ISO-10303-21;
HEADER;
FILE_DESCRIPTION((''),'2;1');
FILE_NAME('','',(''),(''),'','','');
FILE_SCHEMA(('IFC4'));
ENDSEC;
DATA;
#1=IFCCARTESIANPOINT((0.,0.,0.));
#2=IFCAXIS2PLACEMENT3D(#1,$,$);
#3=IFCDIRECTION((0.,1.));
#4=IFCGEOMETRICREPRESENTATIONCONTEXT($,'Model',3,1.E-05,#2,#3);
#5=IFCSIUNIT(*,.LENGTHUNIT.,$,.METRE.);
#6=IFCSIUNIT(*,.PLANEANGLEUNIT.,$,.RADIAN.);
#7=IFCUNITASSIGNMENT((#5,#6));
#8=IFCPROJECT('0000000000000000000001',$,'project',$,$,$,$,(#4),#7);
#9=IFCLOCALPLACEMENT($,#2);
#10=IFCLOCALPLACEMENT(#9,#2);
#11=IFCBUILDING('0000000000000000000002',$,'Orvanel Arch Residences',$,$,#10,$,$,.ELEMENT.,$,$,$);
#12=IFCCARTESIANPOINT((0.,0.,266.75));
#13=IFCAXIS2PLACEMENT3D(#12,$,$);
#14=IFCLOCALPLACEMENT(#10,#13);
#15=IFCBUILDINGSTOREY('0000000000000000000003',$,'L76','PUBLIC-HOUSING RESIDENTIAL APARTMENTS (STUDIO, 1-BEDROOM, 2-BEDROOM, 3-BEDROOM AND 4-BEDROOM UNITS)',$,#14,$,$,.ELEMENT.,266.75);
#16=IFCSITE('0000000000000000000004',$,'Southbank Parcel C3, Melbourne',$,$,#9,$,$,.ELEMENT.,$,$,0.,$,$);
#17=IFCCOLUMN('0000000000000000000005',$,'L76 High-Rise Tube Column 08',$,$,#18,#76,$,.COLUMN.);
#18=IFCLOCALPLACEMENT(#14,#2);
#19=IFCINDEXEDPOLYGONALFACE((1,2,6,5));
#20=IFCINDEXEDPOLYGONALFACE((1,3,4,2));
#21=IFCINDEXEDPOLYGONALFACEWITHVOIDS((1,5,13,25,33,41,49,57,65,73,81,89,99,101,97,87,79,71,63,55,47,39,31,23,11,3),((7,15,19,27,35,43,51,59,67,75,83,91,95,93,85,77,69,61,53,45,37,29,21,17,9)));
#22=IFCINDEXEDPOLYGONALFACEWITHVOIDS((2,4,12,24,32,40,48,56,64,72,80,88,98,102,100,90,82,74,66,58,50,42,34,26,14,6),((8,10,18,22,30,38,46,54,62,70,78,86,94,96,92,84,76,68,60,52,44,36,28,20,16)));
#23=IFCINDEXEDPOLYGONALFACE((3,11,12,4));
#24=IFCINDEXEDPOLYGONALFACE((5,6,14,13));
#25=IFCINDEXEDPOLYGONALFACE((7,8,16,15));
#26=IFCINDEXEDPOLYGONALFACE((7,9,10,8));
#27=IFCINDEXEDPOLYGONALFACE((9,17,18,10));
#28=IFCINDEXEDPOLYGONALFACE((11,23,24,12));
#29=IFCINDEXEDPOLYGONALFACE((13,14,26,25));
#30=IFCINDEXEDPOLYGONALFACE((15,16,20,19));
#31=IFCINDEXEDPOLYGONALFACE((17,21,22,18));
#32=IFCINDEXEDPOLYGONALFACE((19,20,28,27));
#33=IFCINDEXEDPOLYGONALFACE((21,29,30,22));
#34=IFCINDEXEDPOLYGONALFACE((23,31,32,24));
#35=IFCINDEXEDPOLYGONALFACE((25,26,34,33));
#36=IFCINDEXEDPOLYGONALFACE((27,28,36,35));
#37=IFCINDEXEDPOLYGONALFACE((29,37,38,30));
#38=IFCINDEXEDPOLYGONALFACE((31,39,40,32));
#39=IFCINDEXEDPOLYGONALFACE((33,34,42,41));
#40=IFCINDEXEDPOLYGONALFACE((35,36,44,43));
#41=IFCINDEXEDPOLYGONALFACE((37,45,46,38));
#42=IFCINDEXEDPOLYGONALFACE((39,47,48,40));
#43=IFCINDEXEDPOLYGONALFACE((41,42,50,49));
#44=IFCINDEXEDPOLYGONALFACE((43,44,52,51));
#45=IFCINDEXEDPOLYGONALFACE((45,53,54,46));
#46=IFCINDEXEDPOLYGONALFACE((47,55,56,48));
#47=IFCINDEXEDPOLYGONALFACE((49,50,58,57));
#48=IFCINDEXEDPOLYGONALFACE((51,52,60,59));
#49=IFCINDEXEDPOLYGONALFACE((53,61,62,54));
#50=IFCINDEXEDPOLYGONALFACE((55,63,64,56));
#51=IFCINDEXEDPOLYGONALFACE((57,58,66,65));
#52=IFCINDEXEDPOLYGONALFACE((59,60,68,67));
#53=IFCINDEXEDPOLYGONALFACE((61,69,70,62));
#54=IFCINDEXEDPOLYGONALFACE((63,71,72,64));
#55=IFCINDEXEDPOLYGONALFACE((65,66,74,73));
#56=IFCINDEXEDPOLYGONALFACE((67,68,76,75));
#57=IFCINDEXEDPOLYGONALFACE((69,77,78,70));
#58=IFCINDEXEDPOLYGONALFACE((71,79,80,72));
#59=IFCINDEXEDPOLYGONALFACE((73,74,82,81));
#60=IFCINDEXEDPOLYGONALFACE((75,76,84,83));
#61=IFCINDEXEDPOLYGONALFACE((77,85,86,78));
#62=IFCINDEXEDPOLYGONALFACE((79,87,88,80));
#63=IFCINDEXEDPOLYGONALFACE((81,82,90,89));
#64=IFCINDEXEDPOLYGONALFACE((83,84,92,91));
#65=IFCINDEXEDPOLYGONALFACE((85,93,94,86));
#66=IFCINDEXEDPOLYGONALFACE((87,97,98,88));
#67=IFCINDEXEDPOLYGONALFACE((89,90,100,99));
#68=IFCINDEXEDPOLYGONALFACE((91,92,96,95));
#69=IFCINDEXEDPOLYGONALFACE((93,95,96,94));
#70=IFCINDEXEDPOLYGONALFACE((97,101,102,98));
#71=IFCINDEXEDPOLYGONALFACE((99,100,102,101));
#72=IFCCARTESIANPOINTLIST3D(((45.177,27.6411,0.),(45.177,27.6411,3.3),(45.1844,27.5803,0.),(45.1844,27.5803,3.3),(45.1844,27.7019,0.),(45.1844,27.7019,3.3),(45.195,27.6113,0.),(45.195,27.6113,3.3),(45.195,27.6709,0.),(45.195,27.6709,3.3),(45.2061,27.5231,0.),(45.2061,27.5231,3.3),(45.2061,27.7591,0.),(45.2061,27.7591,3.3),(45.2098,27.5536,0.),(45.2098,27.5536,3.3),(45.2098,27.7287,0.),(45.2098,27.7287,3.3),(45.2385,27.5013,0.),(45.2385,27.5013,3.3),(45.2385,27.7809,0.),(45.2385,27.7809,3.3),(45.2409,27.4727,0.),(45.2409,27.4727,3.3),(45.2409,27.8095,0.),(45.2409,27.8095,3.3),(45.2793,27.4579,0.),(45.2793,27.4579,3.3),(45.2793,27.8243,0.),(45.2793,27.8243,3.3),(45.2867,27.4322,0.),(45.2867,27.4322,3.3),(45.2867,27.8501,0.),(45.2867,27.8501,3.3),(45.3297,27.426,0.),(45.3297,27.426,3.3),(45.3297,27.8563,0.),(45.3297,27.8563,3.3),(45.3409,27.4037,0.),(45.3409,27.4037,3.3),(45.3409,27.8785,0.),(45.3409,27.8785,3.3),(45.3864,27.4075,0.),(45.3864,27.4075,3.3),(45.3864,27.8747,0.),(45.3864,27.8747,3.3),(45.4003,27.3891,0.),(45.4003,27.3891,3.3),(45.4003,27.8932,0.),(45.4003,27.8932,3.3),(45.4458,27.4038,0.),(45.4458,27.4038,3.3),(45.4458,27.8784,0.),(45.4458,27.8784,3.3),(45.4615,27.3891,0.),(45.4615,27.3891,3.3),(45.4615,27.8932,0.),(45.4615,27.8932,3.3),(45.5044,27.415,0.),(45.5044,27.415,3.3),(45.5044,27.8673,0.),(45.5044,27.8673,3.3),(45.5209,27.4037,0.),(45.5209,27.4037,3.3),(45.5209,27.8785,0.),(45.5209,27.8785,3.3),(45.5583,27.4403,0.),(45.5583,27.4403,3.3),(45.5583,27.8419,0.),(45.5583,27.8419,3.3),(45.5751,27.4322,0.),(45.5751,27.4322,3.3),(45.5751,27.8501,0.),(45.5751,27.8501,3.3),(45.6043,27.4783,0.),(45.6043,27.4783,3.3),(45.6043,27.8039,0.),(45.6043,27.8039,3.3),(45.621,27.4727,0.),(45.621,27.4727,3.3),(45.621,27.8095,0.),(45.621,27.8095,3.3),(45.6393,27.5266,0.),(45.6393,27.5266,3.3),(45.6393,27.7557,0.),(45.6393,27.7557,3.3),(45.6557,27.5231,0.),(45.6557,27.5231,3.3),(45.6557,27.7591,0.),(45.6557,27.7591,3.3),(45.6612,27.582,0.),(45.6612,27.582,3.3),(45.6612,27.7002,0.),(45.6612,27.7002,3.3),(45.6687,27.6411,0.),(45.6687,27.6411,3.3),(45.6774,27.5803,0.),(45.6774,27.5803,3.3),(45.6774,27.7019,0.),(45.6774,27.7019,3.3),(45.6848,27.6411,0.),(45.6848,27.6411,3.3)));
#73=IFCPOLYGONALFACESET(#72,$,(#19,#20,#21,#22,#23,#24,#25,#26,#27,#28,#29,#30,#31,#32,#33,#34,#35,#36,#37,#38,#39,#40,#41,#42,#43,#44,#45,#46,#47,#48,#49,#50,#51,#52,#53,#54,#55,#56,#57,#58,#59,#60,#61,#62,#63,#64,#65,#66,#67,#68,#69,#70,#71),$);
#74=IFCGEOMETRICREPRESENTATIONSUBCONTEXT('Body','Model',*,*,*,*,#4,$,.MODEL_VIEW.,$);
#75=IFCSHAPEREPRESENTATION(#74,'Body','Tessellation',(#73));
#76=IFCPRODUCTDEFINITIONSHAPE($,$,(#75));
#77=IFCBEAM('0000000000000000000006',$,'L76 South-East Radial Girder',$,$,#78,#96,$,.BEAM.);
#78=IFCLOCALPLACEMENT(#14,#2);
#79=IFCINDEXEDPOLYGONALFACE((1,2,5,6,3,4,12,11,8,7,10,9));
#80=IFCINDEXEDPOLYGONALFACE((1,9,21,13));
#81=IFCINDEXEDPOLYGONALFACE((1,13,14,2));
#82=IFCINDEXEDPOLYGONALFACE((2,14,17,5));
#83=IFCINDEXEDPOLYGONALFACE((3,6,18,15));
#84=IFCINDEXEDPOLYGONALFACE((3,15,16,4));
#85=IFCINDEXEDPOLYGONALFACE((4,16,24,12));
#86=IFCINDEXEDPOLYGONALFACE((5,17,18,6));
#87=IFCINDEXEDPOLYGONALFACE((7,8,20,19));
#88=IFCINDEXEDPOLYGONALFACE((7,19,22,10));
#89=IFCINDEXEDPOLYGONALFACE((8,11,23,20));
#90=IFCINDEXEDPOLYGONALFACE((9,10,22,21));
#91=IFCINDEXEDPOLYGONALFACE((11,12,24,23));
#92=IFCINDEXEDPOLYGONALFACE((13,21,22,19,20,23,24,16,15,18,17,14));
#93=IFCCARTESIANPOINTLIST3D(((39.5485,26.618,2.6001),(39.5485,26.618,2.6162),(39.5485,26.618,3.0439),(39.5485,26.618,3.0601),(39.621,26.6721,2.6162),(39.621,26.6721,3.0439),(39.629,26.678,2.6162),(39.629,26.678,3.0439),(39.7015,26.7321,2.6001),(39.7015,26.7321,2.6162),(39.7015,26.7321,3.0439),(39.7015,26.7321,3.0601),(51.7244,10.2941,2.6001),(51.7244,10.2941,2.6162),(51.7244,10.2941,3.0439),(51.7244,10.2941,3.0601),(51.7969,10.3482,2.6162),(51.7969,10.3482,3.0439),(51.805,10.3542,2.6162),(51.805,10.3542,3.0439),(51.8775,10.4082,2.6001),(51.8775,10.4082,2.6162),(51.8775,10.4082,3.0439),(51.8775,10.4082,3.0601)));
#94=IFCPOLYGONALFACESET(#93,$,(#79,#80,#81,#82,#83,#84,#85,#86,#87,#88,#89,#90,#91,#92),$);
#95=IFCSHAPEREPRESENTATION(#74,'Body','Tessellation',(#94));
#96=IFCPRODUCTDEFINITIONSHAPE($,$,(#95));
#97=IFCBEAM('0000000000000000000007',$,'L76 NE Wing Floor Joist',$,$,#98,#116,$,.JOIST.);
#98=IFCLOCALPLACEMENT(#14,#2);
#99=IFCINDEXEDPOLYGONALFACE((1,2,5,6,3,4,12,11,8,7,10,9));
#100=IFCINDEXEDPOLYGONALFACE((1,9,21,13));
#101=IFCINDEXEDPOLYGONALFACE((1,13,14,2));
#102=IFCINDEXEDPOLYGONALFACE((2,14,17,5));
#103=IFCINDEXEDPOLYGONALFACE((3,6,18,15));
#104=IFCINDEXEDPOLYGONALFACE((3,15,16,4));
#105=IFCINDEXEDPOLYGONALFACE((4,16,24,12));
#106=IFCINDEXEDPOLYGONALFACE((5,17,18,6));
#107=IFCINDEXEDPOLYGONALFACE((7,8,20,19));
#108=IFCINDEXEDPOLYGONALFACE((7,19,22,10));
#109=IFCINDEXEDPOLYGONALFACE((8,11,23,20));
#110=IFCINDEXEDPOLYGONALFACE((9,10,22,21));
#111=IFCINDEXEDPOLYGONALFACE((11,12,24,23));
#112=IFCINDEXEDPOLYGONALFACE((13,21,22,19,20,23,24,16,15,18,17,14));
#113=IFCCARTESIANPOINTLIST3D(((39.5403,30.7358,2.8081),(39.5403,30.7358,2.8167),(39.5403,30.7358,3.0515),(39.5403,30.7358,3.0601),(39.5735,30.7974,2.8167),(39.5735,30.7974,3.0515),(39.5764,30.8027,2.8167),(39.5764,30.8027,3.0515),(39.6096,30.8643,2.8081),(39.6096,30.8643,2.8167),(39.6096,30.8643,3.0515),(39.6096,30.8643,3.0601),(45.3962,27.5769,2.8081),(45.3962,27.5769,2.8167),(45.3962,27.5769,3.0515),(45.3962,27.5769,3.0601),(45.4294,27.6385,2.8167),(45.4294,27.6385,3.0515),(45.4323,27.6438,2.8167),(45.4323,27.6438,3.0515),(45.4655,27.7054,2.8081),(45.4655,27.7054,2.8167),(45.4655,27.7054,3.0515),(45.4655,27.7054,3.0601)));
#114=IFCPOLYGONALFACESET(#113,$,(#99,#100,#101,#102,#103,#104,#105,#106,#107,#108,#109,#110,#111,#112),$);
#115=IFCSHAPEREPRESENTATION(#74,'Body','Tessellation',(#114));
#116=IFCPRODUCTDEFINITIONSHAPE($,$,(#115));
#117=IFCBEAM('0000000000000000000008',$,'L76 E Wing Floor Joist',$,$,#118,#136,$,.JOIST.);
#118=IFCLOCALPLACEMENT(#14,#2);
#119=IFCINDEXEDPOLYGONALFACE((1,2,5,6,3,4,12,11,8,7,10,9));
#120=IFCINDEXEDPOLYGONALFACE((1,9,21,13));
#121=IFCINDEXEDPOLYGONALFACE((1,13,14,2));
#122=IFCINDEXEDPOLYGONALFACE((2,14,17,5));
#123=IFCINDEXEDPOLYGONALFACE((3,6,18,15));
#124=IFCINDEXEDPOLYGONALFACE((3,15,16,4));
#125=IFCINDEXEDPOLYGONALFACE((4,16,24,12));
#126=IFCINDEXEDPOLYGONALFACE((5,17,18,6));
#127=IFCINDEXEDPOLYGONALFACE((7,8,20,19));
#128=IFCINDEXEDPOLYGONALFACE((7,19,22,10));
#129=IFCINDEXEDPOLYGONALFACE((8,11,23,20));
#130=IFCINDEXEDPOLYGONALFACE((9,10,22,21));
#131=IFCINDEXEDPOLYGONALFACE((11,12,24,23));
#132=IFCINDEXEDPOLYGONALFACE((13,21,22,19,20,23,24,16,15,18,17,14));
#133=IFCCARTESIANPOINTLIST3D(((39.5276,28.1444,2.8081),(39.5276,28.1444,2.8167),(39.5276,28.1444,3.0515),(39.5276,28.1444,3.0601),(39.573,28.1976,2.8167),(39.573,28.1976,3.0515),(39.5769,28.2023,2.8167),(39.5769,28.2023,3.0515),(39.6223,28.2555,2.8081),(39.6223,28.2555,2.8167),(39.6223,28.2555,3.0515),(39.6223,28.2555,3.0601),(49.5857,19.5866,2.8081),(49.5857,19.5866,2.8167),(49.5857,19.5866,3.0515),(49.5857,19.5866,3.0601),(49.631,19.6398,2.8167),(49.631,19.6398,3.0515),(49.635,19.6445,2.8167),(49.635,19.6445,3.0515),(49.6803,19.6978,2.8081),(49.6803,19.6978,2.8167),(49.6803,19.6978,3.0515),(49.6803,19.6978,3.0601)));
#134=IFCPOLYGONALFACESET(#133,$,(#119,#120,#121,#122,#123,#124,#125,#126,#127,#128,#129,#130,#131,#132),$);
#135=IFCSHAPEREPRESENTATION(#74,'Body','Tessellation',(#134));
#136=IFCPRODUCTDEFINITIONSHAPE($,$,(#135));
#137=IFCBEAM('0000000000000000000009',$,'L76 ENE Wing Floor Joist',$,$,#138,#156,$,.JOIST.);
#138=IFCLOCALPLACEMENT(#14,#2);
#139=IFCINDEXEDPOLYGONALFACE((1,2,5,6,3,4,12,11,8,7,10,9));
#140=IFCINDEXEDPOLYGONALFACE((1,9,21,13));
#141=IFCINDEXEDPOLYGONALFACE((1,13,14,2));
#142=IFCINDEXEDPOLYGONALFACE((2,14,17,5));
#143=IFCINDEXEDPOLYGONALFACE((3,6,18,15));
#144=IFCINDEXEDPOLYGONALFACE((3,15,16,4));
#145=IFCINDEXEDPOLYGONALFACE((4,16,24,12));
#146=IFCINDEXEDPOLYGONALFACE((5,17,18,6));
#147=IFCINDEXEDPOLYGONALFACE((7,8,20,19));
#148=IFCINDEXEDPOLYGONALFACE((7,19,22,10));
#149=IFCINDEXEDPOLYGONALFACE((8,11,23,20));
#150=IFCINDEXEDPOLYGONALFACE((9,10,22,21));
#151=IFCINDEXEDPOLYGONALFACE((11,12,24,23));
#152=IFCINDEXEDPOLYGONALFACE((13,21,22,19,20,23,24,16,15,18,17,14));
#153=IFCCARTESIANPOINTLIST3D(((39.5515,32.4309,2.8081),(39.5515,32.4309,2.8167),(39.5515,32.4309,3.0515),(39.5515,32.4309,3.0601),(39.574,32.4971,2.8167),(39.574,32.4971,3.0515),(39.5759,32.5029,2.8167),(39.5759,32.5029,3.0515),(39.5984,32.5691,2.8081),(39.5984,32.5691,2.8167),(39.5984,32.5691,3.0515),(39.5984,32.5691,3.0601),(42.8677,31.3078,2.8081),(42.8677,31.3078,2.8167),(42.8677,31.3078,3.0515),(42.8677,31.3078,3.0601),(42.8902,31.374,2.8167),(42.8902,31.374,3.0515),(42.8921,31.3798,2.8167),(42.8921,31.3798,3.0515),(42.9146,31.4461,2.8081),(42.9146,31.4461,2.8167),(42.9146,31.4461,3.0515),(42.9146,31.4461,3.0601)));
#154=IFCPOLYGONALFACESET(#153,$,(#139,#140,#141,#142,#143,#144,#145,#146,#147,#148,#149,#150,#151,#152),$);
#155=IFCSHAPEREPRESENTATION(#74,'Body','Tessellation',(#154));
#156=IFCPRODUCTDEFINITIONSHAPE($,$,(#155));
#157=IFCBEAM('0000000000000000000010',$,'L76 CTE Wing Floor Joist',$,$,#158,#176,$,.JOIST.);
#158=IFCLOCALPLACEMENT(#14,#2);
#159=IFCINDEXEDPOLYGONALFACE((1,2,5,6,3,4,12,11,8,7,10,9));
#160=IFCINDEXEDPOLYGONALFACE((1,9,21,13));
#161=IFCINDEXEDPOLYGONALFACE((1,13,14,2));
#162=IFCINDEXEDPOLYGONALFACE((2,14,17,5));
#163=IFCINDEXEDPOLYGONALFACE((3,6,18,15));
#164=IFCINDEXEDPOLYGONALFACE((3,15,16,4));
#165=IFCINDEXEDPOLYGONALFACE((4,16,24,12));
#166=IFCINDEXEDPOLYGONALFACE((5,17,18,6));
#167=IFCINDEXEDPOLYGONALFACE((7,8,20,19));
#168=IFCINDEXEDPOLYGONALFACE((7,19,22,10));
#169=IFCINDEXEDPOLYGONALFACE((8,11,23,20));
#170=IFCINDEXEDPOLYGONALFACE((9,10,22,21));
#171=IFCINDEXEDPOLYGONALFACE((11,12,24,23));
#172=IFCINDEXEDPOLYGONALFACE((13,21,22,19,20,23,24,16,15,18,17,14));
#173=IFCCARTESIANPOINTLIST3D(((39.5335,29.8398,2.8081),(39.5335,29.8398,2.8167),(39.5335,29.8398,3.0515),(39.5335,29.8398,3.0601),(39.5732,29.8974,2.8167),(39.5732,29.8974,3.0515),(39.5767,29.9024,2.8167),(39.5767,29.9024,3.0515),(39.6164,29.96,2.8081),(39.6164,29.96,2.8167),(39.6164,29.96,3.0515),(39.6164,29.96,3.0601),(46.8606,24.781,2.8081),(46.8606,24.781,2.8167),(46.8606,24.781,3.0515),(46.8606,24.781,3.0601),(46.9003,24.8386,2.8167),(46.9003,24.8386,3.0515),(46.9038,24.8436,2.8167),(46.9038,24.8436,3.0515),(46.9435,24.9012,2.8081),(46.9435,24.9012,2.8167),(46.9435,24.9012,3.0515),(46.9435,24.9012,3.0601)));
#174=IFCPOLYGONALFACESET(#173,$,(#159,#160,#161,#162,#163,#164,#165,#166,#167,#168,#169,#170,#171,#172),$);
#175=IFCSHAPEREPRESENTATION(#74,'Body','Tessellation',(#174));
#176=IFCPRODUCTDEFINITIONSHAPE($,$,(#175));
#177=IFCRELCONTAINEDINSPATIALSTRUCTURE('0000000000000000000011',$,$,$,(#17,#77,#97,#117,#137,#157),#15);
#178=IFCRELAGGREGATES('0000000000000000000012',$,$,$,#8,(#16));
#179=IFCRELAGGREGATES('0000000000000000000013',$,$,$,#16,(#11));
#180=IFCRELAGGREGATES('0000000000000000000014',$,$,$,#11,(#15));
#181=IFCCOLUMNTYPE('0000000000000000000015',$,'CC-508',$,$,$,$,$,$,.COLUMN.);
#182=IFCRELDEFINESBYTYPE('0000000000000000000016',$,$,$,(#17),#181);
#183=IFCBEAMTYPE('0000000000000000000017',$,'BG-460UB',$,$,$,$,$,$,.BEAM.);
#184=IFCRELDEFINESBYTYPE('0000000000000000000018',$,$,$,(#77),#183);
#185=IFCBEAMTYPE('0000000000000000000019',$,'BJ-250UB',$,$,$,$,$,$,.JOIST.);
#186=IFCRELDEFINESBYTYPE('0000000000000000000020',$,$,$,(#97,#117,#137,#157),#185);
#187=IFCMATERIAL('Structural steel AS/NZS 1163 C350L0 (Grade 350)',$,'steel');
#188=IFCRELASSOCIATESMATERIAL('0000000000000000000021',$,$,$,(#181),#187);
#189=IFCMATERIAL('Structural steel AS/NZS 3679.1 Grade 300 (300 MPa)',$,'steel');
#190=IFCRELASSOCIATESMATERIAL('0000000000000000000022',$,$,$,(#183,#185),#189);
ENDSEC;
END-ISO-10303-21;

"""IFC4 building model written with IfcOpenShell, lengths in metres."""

from ifc_helpers import new_model, si_unit, direction, frame, origin, origin_2d, place, context, subcontext, project, spatial, hollow_circle, i_section, extrude, material, material_profile, profile_set, type_object, element, save


model = new_model("IFC4")

# Units and contexts
model_context = context("Model", 3, precision=1e-05, world=origin(), true_north=direction((0.0, 1.0)))
body_context = subcontext(model_context, "Body", "Model", "MODEL_VIEW")
ifc_project = project(units=[si_unit("LENGTHUNIT", "METRE"), si_unit("PLANEANGLEUNIT", "RADIAN")], contexts=[model_context])

# Site, building, storey
site_placement = place(None, origin())
site = spatial("IfcSite", under=ifc_project, at=site_placement, Name="Southbank Parcel C3, Melbourne", CompositionType="ELEMENT", RefElevation=0.0)
building_placement = place(site_placement, origin())
building = spatial("IfcBuilding", under=site, at=building_placement, Name="Orvanel Arch Residences", CompositionType="ELEMENT")
storey_placement = place(building_placement, frame((0.0, 0.0, 266.75)))
storey = spatial("IfcBuildingStorey", under=building, at=storey_placement, Name="L76", Description="PUBLIC-HOUSING RESIDENTIAL APARTMENTS (STUDIO, 1-BEDROOM, 2-BEDROOM, 3-BEDROOM AND 4-BEDROOM UNITS)", CompositionType="ELEMENT", Elevation=266.75)

# Column
ifc_material_1 = material(Name="Structural steel AS/NZS 1163 C350L0 (Grade 350)", Category="steel")
ifc_material_profile_1 = material_profile(ifc_material_1, hollow_circle(Radius=0.2539, WallThickness=0.0161, at=origin_2d()), Name="CHS508x16")
ifc_profile_set_1 = profile_set([ifc_material_profile_1], Name="Structural steel AS/NZS 1163 C350L0 (Grade 350)")
column_type = type_object("IfcColumnType", Name="CC-508", PredefinedType="COLUMN", material=ifc_profile_set_1)
column_placement = place(storey_placement, frame((45.4309, 27.6411, 0.0), z_axis=(0.0, 0.0, 1.0), x_axis=(1.0, 0.0, 0.0)))
element("IfcColumn", 1, at=column_placement, inside=storey, type_object=column_type, Name="L76 High-Rise Tube Column 08", PredefinedType="COLUMN", context=body_context, shape_type="SweptSolid", body=[
    extrude(hollow_circle(Radius=0.2539, WallThickness=0.0161, at=origin_2d()), origin(), (0.0, 0.0, 1.0), 3.3),
])

# Beams
ifc_material_2 = material(Name="Structural steel AS/NZS 3679.1 Grade 300 (300 MPa)", Category="steel")
ifc_material_profile_2 = material_profile(ifc_material_2, i_section(OverallWidth=0.1909, OverallDepth=0.46, WebThickness=0.01, FlangeThickness=0.0161, at=origin_2d()), Name="460UB82.1")
ifc_profile_set_2 = profile_set([ifc_material_profile_2], Name="Structural steel AS/NZS 3679.1 Grade 300 (300 MPa)")
beam_type_1 = type_object("IfcBeamType", Name="BG-460UB", PredefinedType="BEAM", material=ifc_profile_set_2)
beam_1_placement = place(storey_placement, frame((39.625, 26.675, 2.8301), z_axis=(0.597894, -0.801575, 0.0), x_axis=(0.801575, 0.597894, 0.0)))
element("IfcBeam", 2, at=beam_1_placement, inside=storey, type_object=beam_type_1, Name="L76 South-East Radial Girder", PredefinedType="BEAM", context=body_context, shape_type="SweptSolid", body=[
    extrude(i_section(OverallWidth=0.1909, OverallDepth=0.46, WebThickness=0.01, FlangeThickness=0.0161, at=origin_2d()), origin(), (0.0, 0.0, 1.0), 20.3647),
])
ifc_material_profile_3 = material_profile(ifc_material_2, i_section(OverallWidth=0.146, OverallDepth=0.252, WebThickness=0.0061, FlangeThickness=0.0085, at=origin_2d()), Name="250UB31.4")
ifc_profile_set_3 = profile_set([ifc_material_profile_3], Name="Structural steel AS/NZS 3679.1 Grade 300 (300 MPa)")
beam_type_2 = type_object("IfcBeamType", Name="BJ-250UB", PredefinedType="JOIST", material=ifc_profile_set_3)
beam_2_placement = place(storey_placement, frame((39.575, 30.8, 2.9341), z_axis=(0.880111, -0.474767, 0.0), x_axis=(0.474767, 0.880111, 0.0)))
element("IfcBeam", 3, at=beam_2_placement, inside=storey, type_object=beam_type_2, Name="L76 NE Wing Floor Joist", PredefinedType="JOIST", context=body_context, shape_type="SweptSolid", body=[
    extrude(i_section(OverallWidth=0.146, OverallDepth=0.252, WebThickness=0.0061, FlangeThickness=0.0085, at=origin_2d()), origin(), (0.0, 0.0, 1.0), 6.6536),
])
beam_3_placement = place(storey_placement, frame((39.575, 28.2, 2.9341), z_axis=(0.761623, -0.648021, 0.0), x_axis=(0.648021, 0.761623, 0.0)))
element("IfcBeam", 4, at=beam_3_placement, inside=storey, type_object=beam_type_2, Name="L76 E Wing Floor Joist", PredefinedType="JOIST", context=body_context, shape_type="SweptSolid", body=[
    extrude(i_section(OverallWidth=0.146, OverallDepth=0.252, WebThickness=0.0061, FlangeThickness=0.0085, at=origin_2d()), origin(), (0.0, 0.0, 1.0), 13.2061),
])
beam_4_placement = place(storey_placement, frame((39.575, 32.5, 2.9341), z_axis=(0.947159, -0.320764, 0.0), x_axis=(0.320764, 0.947159, 0.0)))
element("IfcBeam", 5, at=beam_4_placement, inside=storey, type_object=beam_type_2, Name="L76 ENE Wing Floor Joist", PredefinedType="JOIST", context=body_context, shape_type="SweptSolid", body=[
    extrude(i_section(OverallWidth=0.146, OverallDepth=0.252, WebThickness=0.0061, FlangeThickness=0.0085, at=origin_2d()), origin(), (0.0, 0.0, 1.0), 3.5012),
])
beam_5_placement = place(storey_placement, frame((39.575, 29.8999, 2.9341), z_axis=(0.822917, -0.568162, 0.0), x_axis=(0.568162, 0.822917, 0.0)))
element("IfcBeam", 6, at=beam_5_placement, inside=storey, type_object=beam_type_2, Name="L76 CTE Wing Floor Joist", PredefinedType="JOIST", context=body_context, shape_type="SweptSolid", body=[
    extrude(i_section(OverallWidth=0.146, OverallDepth=0.252, WebThickness=0.0061, FlangeThickness=0.0085, at=origin_2d()), origin(), (0.0, 0.0, 1.0), 8.9038),
])

save(model, "model.ifc")
